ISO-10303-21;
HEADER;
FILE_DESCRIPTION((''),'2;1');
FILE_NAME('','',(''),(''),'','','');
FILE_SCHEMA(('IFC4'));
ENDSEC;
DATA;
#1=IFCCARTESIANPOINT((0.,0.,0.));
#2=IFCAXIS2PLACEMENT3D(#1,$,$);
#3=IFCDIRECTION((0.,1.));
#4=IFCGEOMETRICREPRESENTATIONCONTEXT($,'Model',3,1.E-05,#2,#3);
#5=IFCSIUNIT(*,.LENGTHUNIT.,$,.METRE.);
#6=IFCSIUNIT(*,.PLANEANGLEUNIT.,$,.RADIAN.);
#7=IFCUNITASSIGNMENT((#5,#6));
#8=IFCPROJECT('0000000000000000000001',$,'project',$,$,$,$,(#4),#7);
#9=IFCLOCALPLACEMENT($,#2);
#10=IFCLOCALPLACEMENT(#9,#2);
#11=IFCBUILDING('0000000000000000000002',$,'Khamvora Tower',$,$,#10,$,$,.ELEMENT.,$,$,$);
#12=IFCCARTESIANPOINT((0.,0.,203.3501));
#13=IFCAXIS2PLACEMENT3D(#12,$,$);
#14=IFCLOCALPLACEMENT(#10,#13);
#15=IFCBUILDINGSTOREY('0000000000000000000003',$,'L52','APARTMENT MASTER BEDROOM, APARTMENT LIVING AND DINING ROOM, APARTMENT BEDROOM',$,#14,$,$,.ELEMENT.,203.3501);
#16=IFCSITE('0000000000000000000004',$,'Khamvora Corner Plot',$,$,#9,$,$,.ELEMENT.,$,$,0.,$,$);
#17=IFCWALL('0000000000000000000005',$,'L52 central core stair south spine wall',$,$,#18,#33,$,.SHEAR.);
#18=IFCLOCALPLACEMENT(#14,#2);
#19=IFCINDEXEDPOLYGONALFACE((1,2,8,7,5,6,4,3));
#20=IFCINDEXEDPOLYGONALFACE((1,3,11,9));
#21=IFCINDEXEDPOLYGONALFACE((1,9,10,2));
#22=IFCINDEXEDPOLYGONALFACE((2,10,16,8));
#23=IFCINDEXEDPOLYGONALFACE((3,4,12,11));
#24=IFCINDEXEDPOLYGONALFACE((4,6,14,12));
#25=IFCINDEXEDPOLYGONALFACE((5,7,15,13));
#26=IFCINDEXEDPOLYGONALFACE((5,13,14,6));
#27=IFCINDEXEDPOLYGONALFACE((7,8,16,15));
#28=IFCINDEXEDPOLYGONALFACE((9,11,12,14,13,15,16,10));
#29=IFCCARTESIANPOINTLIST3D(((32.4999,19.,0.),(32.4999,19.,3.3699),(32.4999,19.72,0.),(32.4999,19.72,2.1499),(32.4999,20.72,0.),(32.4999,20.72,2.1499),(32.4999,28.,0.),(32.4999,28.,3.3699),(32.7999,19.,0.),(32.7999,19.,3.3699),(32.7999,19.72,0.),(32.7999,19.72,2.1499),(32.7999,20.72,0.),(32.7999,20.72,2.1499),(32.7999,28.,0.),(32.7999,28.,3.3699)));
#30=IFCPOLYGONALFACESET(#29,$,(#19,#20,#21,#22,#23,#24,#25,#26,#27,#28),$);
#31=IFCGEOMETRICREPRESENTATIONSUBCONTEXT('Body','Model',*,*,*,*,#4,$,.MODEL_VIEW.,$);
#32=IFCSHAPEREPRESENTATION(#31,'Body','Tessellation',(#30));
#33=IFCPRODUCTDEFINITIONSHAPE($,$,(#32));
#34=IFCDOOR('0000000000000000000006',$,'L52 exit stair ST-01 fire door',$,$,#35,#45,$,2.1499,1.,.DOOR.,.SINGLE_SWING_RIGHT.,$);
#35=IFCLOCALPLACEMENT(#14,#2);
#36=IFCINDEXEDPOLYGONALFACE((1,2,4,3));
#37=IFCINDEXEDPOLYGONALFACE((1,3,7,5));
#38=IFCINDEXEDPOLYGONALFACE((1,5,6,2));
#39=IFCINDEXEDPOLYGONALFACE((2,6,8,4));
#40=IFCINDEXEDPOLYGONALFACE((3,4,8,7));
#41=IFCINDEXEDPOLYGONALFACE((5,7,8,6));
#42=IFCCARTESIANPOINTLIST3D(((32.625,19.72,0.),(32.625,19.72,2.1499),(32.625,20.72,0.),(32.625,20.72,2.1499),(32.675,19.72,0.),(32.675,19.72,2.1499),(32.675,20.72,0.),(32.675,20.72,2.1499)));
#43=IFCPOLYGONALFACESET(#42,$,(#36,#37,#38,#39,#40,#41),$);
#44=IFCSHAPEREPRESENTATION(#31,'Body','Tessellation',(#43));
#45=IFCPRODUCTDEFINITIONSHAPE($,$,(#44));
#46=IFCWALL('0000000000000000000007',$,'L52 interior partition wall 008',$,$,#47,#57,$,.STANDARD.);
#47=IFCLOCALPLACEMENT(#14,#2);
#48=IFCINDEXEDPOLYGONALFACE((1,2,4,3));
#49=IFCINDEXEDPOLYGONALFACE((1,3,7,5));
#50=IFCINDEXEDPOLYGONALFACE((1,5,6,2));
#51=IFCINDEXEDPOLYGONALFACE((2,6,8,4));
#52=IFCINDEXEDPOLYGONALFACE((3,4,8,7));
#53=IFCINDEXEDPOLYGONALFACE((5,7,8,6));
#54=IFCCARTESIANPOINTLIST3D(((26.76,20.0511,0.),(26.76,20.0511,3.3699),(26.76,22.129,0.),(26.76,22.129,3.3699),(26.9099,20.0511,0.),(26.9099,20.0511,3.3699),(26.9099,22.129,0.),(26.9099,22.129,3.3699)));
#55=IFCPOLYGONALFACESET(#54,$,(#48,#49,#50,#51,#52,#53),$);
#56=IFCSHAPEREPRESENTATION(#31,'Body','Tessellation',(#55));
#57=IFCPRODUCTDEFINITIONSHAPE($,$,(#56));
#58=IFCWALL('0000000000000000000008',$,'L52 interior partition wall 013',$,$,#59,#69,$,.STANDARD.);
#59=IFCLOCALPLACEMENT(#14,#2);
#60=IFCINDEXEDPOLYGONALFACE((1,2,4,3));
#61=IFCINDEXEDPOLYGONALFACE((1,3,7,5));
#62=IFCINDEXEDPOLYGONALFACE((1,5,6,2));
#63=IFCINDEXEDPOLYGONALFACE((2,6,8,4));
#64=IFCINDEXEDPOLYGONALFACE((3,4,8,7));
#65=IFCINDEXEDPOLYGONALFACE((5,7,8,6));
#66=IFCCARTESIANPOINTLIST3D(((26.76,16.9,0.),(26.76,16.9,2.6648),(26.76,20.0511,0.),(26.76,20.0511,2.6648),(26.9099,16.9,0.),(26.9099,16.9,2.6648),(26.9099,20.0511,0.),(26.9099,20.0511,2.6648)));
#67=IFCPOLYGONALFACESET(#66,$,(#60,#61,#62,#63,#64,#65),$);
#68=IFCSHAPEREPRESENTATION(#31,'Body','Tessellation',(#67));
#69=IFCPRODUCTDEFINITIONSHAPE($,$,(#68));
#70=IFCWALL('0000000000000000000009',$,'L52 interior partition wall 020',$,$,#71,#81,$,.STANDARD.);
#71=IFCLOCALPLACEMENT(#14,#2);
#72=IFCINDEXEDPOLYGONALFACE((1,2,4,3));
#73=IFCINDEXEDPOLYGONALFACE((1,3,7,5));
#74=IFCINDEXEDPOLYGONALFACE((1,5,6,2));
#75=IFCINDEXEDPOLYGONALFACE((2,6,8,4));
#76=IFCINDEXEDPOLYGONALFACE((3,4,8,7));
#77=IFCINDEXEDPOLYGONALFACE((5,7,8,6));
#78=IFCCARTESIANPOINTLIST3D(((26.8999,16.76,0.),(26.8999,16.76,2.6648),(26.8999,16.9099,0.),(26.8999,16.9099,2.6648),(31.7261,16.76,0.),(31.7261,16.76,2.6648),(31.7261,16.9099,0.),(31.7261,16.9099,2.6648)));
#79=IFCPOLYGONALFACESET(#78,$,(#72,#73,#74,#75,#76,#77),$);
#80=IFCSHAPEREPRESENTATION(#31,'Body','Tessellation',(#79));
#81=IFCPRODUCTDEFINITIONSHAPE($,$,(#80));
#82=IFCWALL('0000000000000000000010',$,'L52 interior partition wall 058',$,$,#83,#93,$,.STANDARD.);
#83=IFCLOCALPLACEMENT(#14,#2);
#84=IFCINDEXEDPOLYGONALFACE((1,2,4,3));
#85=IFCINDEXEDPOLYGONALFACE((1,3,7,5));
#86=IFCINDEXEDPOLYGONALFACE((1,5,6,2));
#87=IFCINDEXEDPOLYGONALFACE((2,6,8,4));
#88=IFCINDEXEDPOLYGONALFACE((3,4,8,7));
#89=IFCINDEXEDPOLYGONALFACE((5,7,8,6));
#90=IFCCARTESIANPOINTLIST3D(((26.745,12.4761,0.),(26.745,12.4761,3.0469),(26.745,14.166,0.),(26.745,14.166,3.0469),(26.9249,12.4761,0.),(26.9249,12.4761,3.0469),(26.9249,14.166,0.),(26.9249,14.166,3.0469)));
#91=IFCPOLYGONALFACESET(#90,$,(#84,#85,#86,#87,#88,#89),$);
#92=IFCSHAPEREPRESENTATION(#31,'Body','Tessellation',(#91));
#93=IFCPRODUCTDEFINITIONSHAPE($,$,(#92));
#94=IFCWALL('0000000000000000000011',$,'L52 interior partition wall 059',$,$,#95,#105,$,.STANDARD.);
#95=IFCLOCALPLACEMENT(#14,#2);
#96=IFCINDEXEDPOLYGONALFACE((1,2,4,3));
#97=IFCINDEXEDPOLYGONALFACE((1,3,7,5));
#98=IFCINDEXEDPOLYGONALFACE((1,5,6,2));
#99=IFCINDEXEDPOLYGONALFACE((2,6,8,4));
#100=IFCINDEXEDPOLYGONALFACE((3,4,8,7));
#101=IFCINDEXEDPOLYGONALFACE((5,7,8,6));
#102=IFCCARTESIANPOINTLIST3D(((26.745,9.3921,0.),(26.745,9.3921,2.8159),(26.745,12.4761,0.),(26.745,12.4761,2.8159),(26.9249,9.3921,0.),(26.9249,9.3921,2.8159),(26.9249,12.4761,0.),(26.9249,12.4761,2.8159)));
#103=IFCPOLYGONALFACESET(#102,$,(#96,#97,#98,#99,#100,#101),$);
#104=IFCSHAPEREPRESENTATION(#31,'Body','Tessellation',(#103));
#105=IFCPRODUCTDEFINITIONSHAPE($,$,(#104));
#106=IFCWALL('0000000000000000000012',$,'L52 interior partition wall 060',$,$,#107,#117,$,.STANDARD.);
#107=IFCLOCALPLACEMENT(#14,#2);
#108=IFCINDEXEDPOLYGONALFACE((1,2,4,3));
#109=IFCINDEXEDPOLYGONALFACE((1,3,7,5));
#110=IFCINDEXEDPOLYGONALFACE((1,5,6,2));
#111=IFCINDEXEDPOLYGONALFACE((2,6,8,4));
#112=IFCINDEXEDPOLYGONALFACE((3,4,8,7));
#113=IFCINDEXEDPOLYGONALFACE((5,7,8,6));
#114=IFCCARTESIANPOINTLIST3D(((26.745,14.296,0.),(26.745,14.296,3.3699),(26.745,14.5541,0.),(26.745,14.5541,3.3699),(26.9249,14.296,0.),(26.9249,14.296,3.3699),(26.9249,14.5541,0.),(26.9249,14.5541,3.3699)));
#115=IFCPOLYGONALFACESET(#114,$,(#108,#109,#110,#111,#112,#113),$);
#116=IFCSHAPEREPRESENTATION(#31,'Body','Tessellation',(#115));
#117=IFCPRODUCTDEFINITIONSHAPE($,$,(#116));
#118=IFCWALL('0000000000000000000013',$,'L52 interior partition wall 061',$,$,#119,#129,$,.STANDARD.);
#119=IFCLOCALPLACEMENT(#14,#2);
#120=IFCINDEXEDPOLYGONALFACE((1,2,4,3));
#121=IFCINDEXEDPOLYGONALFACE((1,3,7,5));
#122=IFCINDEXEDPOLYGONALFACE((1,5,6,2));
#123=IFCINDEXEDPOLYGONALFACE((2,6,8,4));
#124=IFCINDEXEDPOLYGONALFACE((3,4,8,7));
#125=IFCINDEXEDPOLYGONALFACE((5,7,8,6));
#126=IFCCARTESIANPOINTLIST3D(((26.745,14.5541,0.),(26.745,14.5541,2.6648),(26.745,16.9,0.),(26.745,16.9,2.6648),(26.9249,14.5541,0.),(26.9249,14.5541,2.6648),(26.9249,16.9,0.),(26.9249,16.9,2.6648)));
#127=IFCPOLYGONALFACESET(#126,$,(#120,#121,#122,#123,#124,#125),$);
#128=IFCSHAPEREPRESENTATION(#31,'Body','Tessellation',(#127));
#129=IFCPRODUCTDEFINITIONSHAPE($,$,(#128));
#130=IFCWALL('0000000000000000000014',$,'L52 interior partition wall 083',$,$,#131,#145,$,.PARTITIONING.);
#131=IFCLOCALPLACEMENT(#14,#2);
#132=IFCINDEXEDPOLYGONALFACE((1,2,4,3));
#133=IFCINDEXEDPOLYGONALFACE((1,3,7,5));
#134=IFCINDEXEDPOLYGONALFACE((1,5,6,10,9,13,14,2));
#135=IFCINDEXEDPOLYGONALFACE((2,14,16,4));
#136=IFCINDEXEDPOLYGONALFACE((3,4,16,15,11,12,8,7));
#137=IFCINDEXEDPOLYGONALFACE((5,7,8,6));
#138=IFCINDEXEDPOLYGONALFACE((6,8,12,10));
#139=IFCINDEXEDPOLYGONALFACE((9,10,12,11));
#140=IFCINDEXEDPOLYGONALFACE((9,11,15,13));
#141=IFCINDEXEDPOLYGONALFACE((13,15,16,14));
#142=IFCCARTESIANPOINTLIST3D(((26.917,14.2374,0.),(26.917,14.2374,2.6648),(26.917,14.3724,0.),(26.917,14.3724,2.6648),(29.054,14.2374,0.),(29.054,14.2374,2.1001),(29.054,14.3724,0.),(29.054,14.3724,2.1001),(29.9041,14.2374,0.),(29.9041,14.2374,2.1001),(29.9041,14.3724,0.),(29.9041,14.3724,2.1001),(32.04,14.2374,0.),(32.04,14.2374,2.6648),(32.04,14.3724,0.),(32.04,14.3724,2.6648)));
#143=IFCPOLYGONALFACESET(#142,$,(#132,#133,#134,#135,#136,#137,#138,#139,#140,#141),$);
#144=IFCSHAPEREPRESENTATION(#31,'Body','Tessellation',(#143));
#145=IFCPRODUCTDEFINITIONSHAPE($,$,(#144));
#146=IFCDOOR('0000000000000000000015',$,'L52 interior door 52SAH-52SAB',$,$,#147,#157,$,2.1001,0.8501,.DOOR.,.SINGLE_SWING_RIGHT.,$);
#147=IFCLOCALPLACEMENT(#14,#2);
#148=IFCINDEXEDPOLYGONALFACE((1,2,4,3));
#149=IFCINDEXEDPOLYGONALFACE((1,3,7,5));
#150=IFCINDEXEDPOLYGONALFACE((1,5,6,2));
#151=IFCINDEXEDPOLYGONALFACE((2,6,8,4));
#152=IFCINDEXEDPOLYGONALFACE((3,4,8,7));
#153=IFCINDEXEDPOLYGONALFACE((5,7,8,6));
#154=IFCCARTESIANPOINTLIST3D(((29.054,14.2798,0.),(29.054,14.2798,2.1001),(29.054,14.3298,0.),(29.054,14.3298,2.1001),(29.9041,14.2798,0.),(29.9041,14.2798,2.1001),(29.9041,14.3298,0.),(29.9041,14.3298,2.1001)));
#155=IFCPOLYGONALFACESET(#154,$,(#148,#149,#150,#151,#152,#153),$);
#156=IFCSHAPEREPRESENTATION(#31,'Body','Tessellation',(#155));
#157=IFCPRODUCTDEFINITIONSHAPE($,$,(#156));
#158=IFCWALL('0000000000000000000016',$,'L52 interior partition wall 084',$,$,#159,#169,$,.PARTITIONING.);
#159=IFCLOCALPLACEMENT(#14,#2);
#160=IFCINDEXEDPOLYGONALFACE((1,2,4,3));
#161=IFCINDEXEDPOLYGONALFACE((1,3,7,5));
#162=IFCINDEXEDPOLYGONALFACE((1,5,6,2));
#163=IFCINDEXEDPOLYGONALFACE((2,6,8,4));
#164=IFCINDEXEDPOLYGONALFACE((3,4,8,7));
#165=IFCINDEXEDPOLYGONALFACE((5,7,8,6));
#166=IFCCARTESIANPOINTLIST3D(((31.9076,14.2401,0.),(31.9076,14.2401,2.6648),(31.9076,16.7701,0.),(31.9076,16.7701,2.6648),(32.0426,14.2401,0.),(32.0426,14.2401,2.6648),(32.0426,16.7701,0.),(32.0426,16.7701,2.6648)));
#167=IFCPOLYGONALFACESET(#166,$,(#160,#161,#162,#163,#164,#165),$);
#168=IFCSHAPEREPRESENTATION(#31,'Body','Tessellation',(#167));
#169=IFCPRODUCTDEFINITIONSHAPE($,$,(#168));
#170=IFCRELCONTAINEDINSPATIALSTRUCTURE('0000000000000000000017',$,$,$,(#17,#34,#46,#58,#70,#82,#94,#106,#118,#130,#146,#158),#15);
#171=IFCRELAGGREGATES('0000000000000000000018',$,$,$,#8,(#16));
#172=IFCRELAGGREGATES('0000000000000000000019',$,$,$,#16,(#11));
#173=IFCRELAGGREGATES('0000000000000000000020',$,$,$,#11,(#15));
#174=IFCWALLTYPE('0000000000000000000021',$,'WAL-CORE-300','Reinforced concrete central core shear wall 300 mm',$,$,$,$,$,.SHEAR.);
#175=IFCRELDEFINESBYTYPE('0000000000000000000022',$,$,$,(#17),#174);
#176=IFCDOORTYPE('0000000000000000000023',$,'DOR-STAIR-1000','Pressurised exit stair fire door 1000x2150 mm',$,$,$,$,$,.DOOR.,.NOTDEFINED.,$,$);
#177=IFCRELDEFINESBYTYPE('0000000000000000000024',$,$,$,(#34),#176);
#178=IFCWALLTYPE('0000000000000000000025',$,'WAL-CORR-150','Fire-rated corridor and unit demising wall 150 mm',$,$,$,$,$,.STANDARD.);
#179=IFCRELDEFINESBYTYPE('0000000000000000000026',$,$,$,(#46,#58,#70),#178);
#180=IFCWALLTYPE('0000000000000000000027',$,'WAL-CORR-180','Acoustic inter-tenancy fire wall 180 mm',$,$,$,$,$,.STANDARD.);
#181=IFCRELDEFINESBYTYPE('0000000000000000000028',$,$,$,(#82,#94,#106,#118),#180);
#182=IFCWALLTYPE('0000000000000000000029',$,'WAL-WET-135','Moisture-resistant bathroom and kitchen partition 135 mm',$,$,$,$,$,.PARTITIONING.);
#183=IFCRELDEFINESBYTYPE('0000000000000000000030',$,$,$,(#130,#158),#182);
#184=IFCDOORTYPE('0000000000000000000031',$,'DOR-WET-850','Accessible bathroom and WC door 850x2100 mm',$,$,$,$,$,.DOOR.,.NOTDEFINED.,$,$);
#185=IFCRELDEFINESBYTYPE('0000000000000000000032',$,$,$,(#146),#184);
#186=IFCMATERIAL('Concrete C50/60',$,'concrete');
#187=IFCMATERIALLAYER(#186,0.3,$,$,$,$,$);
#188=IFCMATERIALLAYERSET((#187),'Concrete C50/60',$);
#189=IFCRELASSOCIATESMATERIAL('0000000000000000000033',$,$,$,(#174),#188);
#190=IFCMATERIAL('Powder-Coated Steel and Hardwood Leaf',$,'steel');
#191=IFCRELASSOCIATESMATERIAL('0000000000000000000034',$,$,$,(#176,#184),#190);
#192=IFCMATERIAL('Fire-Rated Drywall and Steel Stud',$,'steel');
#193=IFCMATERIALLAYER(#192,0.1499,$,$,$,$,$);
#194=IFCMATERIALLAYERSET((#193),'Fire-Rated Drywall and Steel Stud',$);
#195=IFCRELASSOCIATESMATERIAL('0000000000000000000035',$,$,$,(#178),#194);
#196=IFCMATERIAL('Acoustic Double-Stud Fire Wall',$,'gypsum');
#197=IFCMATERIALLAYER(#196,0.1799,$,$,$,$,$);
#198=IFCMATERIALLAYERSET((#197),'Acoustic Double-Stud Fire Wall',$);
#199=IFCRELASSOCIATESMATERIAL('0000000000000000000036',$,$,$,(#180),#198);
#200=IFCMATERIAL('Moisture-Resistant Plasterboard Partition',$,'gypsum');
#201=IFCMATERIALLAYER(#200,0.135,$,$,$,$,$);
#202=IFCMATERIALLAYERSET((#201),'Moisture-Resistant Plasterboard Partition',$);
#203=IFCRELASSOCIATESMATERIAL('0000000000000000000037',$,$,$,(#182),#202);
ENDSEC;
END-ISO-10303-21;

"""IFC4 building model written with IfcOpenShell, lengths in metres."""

from ifc_helpers import new_model, si_unit, direction, frame, frame_2d, origin, place, context, subcontext, project, spatial, rectangle, extrude, material, layer, layer_set, type_object, element, fill, save


model = new_model("IFC4")

# Units and contexts
model_context = context("Model", 3, precision=1e-05, world=origin(), true_north=direction((0.0, 1.0)))
body_context = subcontext(model_context, "Body", "Model", "MODEL_VIEW")
ifc_project = project(units=[si_unit("LENGTHUNIT", "METRE"), si_unit("PLANEANGLEUNIT", "RADIAN")], contexts=[model_context])

# Site, building, storey
site_placement = place(None, origin())
site = spatial("IfcSite", under=ifc_project, at=site_placement, Name="Khamvora Corner Plot", CompositionType="ELEMENT", RefElevation=0.0)
building_placement = place(site_placement, origin())
building = spatial("IfcBuilding", under=site, at=building_placement, Name="Khamvora Tower", CompositionType="ELEMENT")
storey_placement = place(building_placement, frame((0.0, 0.0, 203.3501)))
storey = spatial("IfcBuildingStorey", under=building, at=storey_placement, Name="L52", Description="APARTMENT MASTER BEDROOM, APARTMENT LIVING AND DINING ROOM, APARTMENT BEDROOM", CompositionType="ELEMENT", Elevation=203.3501)

# Shared definitions
ifc_material_1 = material(Name="Concrete C50/60", Category="concrete")
ifc_layer_1 = layer(ifc_material_1, 0.3)
ifc_layer_set_1 = layer_set([ifc_layer_1], Name="Concrete C50/60")
wall_type_1 = type_object("IfcWallType", Name="WAL-CORE-300", Description="Reinforced concrete central core shear wall 300 mm", PredefinedType="SHEAR", material=ifc_layer_set_1)

# Wall, opening, door
ifc_material_2 = material(Name="Powder-Coated Steel and Hardwood Leaf", Category="steel")
wall_1_placement = place(storey_placement, frame((32.6499, 19.0, 0.0), z_axis=(0.0, 0.0, 1.0), x_axis=(0.0, 1.0, 0.0)))
wall_1 = element("IfcWall", 1, at=wall_1_placement, inside=storey, type_object=wall_type_1, Name="L52 central core stair south spine wall", PredefinedType="SHEAR", context=body_context, shape_type="SweptSolid", body=[
    extrude(rectangle(XDim=9.0, YDim=0.3, at=frame_2d((4.5, 0.0))), origin(), (0.0, 0.0, 1.0), 3.3699),
])
opening_1_placement = place(wall_1_placement, frame((0.72, 0.0, 0.0)))
opening_1 = element("IfcOpeningElement", 2, at=opening_1_placement, cuts=wall_1, PredefinedType="OPENING", context=body_context, shape_type="SweptSolid", body=[
    extrude(rectangle(XDim=1.0, YDim=2.1499, at=frame_2d((0.5, 1.075))), frame((0.0, 0.1599, 0.0), z_axis=(0.0, -1.0, 0.0), x_axis=(1.0, 0.0, 0.0)), (0.0, 0.0, 1.0), 0.3201),
])
door_type_1 = type_object("IfcDoorType", Name="DOR-STAIR-1000", Description="Pressurised exit stair fire door 1000x2150 mm", OperationType="NOTDEFINED", PredefinedType="DOOR", material=ifc_material_2)
door_1_placement = place(opening_1_placement, origin())
door_1 = element("IfcDoor", 3, at=door_1_placement, inside=storey, type_object=door_type_1, Name="L52 exit stair ST-01 fire door", OperationType="SINGLE_SWING_RIGHT", OverallHeight=2.1499, OverallWidth=1.0, PredefinedType="DOOR", context=body_context, shape_type="SweptSolid", body=[
    extrude(rectangle(XDim=1.0, YDim=2.1499, at=frame_2d((0.5, 1.075))), frame((0.0, 0.0249, 0.0), z_axis=(0.0, -1.0, 0.0), x_axis=(1.0, 0.0, 0.0)), (0.0, 0.0, 1.0), 0.05),
])
fill(opening_1, door_1)

# Walls
ifc_material_3 = material(Name="Fire-Rated Drywall and Steel Stud", Category="steel")
ifc_layer_2 = layer(ifc_material_3, 0.1499)
ifc_layer_set_2 = layer_set([ifc_layer_2], Name="Fire-Rated Drywall and Steel Stud")
wall_type_2 = type_object("IfcWallType", Name="WAL-CORR-150", Description="Fire-rated corridor and unit demising wall 150 mm", PredefinedType="STANDARD", material=ifc_layer_set_2)
wall_2_placement = place(storey_placement, frame((26.835, 20.051, 0.0), z_axis=(0.0, 0.0, 1.0), x_axis=(0.0, 1.0, 0.0)))
element("IfcWall", 4, at=wall_2_placement, inside=storey, type_object=wall_type_2, Name="L52 interior partition wall 008", PredefinedType="STANDARD", context=body_context, shape_type="SweptSolid", body=[
    extrude(rectangle(XDim=2.0779, YDim=0.1499, at=frame_2d((1.0391, 0.0))), origin(), (0.0, 0.0, 1.0), 3.3699),
])
wall_3_placement = place(storey_placement, frame((26.835, 16.8999, 0.0), z_axis=(0.0, 0.0, 1.0), x_axis=(0.0, 1.0, 0.0)))
element("IfcWall", 5, at=wall_3_placement, inside=storey, type_object=wall_type_2, Name="L52 interior partition wall 013", PredefinedType="STANDARD", context=body_context, shape_type="SweptSolid", body=[
    extrude(rectangle(XDim=3.1511, YDim=0.1499, at=frame_2d((1.5757, 0.0))), origin(), (0.0, 0.0, 1.0), 2.6648),
])
wall_4_placement = place(storey_placement, frame((31.7261, 16.835, 0.0), z_axis=(0.0, 0.0, 1.0), x_axis=(-1.0, 0.0, 0.0)))
element("IfcWall", 6, at=wall_4_placement, inside=storey, type_object=wall_type_2, Name="L52 interior partition wall 020", PredefinedType="STANDARD", context=body_context, shape_type="SweptSolid", body=[
    extrude(rectangle(XDim=4.8262, YDim=0.1499, at=frame_2d((2.4131, 0.0))), origin(), (0.0, 0.0, 1.0), 2.6648),
])
ifc_material_4 = material(Name="Acoustic Double-Stud Fire Wall", Category="gypsum")
ifc_layer_3 = layer(ifc_material_4, 0.1799)
ifc_layer_set_3 = layer_set([ifc_layer_3], Name="Acoustic Double-Stud Fire Wall")
wall_type_3 = type_object("IfcWallType", Name="WAL-CORR-180", Description="Acoustic inter-tenancy fire wall 180 mm", PredefinedType="STANDARD", material=ifc_layer_set_3)
wall_5_placement = place(storey_placement, frame((26.835, 14.166, 0.0), z_axis=(0.0, 0.0, 1.0), x_axis=(0.0, -1.0, 0.0)))
element("IfcWall", 7, at=wall_5_placement, inside=storey, type_object=wall_type_3, Name="L52 interior partition wall 058", PredefinedType="STANDARD", context=body_context, shape_type="SweptSolid", body=[
    extrude(rectangle(XDim=1.6899, YDim=0.1799, at=frame_2d((0.845, 0.0))), origin(), (0.0, 0.0, 1.0), 3.0469),
])
wall_6_placement = place(storey_placement, frame((26.835, 12.4761, 0.0), z_axis=(0.0, 0.0, 1.0), x_axis=(0.0, -1.0, 0.0)))
element("IfcWall", 8, at=wall_6_placement, inside=storey, type_object=wall_type_3, Name="L52 interior partition wall 059", PredefinedType="STANDARD", context=body_context, shape_type="SweptSolid", body=[
    extrude(rectangle(XDim=3.084, YDim=0.1799, at=frame_2d((1.542, 0.0))), origin(), (0.0, 0.0, 1.0), 2.8159),
])
wall_7_placement = place(storey_placement, frame((26.835, 14.554, 0.0), z_axis=(0.0, 0.0, 1.0), x_axis=(0.0, -1.0, 0.0)))
element("IfcWall", 9, at=wall_7_placement, inside=storey, type_object=wall_type_3, Name="L52 interior partition wall 060", PredefinedType="STANDARD", context=body_context, shape_type="SweptSolid", body=[
    extrude(rectangle(XDim=0.2581, YDim=0.1799, at=frame_2d((0.1289, 0.0))), origin(), (0.0, 0.0, 1.0), 3.3699),
])
wall_8_placement = place(storey_placement, frame((26.835, 16.8999, 0.0), z_axis=(0.0, 0.0, 1.0), x_axis=(0.0, -1.0, 0.0)))
element("IfcWall", 10, at=wall_8_placement, inside=storey, type_object=wall_type_3, Name="L52 interior partition wall 061", PredefinedType="STANDARD", context=body_context, shape_type="SweptSolid", body=[
    extrude(rectangle(XDim=2.3459, YDim=0.1799, at=frame_2d((1.1729, 0.0))), origin(), (0.0, 0.0, 1.0), 2.6648),
])

# Wall, opening, door
ifc_material_5 = material(Name="Moisture-Resistant Plasterboard Partition", Category="gypsum")
ifc_layer_4 = layer(ifc_material_5, 0.135)
ifc_layer_set_4 = layer_set([ifc_layer_4], Name="Moisture-Resistant Plasterboard Partition")
wall_type_4 = type_object("IfcWallType", Name="WAL-WET-135", Description="Moisture-resistant bathroom and kitchen partition 135 mm", PredefinedType="PARTITIONING", material=ifc_layer_set_4)
wall_9_placement = place(storey_placement, frame((26.917, 14.3049, 0.0), z_axis=(0.0, 0.0, 1.0), x_axis=(1.0, 0.0, 0.0)))
wall_9 = element("IfcWall", 11, at=wall_9_placement, inside=storey, type_object=wall_type_4, Name="L52 interior partition wall 083", PredefinedType="PARTITIONING", context=body_context, shape_type="SweptSolid", body=[
    extrude(rectangle(XDim=5.123, YDim=0.135, at=frame_2d((2.5615, 0.0))), origin(), (0.0, 0.0, 1.0), 2.6648),
])
opening_2_placement = place(wall_9_placement, frame((2.137, 0.0, 0.0)))
opening_2 = element("IfcOpeningElement", 12, at=opening_2_placement, cuts=wall_9, PredefinedType="OPENING", context=body_context, shape_type="SweptSolid", body=[
    extrude(rectangle(XDim=0.8501, YDim=2.1001, at=frame_2d((0.425, 1.05))), frame((0.0, 0.0774, 0.0), z_axis=(0.0, -1.0, 0.0), x_axis=(1.0, 0.0, 0.0)), (0.0, 0.0, 1.0), 0.155),
])
door_type_2 = type_object("IfcDoorType", Name="DOR-WET-850", Description="Accessible bathroom and WC door 850x2100 mm", OperationType="NOTDEFINED", PredefinedType="DOOR", material=ifc_material_2)
door_2_placement = place(opening_2_placement, origin())
door_2 = element("IfcDoor", 13, at=door_2_placement, inside=storey, type_object=door_type_2, Name="L52 interior door 52SAH-52SAB", OperationType="SINGLE_SWING_RIGHT", OverallHeight=2.1001, OverallWidth=0.8501, PredefinedType="DOOR", context=body_context, shape_type="SweptSolid", body=[
    extrude(rectangle(XDim=0.8501, YDim=2.1001, at=frame_2d((0.425, 1.05))), frame((0.0, 0.0249, 0.0), z_axis=(0.0, -1.0, 0.0), x_axis=(1.0, 0.0, 0.0)), (0.0, 0.0, 1.0), 0.05),
])
fill(opening_2, door_2)

# Wall
wall_10_placement = place(storey_placement, frame((31.9751, 14.24, 0.0), z_axis=(0.0, 0.0, 1.0), x_axis=(0.0, 1.0, 0.0)))
element("IfcWall", 14, at=wall_10_placement, inside=storey, type_object=wall_type_4, Name="L52 interior partition wall 084", PredefinedType="PARTITIONING", context=body_context, shape_type="SweptSolid", body=[
    extrude(rectangle(XDim=2.53, YDim=0.135, at=frame_2d((1.2651, 0.0))), origin(), (0.0, 0.0, 1.0), 2.6648),
])

save(model, "model.ifc")
